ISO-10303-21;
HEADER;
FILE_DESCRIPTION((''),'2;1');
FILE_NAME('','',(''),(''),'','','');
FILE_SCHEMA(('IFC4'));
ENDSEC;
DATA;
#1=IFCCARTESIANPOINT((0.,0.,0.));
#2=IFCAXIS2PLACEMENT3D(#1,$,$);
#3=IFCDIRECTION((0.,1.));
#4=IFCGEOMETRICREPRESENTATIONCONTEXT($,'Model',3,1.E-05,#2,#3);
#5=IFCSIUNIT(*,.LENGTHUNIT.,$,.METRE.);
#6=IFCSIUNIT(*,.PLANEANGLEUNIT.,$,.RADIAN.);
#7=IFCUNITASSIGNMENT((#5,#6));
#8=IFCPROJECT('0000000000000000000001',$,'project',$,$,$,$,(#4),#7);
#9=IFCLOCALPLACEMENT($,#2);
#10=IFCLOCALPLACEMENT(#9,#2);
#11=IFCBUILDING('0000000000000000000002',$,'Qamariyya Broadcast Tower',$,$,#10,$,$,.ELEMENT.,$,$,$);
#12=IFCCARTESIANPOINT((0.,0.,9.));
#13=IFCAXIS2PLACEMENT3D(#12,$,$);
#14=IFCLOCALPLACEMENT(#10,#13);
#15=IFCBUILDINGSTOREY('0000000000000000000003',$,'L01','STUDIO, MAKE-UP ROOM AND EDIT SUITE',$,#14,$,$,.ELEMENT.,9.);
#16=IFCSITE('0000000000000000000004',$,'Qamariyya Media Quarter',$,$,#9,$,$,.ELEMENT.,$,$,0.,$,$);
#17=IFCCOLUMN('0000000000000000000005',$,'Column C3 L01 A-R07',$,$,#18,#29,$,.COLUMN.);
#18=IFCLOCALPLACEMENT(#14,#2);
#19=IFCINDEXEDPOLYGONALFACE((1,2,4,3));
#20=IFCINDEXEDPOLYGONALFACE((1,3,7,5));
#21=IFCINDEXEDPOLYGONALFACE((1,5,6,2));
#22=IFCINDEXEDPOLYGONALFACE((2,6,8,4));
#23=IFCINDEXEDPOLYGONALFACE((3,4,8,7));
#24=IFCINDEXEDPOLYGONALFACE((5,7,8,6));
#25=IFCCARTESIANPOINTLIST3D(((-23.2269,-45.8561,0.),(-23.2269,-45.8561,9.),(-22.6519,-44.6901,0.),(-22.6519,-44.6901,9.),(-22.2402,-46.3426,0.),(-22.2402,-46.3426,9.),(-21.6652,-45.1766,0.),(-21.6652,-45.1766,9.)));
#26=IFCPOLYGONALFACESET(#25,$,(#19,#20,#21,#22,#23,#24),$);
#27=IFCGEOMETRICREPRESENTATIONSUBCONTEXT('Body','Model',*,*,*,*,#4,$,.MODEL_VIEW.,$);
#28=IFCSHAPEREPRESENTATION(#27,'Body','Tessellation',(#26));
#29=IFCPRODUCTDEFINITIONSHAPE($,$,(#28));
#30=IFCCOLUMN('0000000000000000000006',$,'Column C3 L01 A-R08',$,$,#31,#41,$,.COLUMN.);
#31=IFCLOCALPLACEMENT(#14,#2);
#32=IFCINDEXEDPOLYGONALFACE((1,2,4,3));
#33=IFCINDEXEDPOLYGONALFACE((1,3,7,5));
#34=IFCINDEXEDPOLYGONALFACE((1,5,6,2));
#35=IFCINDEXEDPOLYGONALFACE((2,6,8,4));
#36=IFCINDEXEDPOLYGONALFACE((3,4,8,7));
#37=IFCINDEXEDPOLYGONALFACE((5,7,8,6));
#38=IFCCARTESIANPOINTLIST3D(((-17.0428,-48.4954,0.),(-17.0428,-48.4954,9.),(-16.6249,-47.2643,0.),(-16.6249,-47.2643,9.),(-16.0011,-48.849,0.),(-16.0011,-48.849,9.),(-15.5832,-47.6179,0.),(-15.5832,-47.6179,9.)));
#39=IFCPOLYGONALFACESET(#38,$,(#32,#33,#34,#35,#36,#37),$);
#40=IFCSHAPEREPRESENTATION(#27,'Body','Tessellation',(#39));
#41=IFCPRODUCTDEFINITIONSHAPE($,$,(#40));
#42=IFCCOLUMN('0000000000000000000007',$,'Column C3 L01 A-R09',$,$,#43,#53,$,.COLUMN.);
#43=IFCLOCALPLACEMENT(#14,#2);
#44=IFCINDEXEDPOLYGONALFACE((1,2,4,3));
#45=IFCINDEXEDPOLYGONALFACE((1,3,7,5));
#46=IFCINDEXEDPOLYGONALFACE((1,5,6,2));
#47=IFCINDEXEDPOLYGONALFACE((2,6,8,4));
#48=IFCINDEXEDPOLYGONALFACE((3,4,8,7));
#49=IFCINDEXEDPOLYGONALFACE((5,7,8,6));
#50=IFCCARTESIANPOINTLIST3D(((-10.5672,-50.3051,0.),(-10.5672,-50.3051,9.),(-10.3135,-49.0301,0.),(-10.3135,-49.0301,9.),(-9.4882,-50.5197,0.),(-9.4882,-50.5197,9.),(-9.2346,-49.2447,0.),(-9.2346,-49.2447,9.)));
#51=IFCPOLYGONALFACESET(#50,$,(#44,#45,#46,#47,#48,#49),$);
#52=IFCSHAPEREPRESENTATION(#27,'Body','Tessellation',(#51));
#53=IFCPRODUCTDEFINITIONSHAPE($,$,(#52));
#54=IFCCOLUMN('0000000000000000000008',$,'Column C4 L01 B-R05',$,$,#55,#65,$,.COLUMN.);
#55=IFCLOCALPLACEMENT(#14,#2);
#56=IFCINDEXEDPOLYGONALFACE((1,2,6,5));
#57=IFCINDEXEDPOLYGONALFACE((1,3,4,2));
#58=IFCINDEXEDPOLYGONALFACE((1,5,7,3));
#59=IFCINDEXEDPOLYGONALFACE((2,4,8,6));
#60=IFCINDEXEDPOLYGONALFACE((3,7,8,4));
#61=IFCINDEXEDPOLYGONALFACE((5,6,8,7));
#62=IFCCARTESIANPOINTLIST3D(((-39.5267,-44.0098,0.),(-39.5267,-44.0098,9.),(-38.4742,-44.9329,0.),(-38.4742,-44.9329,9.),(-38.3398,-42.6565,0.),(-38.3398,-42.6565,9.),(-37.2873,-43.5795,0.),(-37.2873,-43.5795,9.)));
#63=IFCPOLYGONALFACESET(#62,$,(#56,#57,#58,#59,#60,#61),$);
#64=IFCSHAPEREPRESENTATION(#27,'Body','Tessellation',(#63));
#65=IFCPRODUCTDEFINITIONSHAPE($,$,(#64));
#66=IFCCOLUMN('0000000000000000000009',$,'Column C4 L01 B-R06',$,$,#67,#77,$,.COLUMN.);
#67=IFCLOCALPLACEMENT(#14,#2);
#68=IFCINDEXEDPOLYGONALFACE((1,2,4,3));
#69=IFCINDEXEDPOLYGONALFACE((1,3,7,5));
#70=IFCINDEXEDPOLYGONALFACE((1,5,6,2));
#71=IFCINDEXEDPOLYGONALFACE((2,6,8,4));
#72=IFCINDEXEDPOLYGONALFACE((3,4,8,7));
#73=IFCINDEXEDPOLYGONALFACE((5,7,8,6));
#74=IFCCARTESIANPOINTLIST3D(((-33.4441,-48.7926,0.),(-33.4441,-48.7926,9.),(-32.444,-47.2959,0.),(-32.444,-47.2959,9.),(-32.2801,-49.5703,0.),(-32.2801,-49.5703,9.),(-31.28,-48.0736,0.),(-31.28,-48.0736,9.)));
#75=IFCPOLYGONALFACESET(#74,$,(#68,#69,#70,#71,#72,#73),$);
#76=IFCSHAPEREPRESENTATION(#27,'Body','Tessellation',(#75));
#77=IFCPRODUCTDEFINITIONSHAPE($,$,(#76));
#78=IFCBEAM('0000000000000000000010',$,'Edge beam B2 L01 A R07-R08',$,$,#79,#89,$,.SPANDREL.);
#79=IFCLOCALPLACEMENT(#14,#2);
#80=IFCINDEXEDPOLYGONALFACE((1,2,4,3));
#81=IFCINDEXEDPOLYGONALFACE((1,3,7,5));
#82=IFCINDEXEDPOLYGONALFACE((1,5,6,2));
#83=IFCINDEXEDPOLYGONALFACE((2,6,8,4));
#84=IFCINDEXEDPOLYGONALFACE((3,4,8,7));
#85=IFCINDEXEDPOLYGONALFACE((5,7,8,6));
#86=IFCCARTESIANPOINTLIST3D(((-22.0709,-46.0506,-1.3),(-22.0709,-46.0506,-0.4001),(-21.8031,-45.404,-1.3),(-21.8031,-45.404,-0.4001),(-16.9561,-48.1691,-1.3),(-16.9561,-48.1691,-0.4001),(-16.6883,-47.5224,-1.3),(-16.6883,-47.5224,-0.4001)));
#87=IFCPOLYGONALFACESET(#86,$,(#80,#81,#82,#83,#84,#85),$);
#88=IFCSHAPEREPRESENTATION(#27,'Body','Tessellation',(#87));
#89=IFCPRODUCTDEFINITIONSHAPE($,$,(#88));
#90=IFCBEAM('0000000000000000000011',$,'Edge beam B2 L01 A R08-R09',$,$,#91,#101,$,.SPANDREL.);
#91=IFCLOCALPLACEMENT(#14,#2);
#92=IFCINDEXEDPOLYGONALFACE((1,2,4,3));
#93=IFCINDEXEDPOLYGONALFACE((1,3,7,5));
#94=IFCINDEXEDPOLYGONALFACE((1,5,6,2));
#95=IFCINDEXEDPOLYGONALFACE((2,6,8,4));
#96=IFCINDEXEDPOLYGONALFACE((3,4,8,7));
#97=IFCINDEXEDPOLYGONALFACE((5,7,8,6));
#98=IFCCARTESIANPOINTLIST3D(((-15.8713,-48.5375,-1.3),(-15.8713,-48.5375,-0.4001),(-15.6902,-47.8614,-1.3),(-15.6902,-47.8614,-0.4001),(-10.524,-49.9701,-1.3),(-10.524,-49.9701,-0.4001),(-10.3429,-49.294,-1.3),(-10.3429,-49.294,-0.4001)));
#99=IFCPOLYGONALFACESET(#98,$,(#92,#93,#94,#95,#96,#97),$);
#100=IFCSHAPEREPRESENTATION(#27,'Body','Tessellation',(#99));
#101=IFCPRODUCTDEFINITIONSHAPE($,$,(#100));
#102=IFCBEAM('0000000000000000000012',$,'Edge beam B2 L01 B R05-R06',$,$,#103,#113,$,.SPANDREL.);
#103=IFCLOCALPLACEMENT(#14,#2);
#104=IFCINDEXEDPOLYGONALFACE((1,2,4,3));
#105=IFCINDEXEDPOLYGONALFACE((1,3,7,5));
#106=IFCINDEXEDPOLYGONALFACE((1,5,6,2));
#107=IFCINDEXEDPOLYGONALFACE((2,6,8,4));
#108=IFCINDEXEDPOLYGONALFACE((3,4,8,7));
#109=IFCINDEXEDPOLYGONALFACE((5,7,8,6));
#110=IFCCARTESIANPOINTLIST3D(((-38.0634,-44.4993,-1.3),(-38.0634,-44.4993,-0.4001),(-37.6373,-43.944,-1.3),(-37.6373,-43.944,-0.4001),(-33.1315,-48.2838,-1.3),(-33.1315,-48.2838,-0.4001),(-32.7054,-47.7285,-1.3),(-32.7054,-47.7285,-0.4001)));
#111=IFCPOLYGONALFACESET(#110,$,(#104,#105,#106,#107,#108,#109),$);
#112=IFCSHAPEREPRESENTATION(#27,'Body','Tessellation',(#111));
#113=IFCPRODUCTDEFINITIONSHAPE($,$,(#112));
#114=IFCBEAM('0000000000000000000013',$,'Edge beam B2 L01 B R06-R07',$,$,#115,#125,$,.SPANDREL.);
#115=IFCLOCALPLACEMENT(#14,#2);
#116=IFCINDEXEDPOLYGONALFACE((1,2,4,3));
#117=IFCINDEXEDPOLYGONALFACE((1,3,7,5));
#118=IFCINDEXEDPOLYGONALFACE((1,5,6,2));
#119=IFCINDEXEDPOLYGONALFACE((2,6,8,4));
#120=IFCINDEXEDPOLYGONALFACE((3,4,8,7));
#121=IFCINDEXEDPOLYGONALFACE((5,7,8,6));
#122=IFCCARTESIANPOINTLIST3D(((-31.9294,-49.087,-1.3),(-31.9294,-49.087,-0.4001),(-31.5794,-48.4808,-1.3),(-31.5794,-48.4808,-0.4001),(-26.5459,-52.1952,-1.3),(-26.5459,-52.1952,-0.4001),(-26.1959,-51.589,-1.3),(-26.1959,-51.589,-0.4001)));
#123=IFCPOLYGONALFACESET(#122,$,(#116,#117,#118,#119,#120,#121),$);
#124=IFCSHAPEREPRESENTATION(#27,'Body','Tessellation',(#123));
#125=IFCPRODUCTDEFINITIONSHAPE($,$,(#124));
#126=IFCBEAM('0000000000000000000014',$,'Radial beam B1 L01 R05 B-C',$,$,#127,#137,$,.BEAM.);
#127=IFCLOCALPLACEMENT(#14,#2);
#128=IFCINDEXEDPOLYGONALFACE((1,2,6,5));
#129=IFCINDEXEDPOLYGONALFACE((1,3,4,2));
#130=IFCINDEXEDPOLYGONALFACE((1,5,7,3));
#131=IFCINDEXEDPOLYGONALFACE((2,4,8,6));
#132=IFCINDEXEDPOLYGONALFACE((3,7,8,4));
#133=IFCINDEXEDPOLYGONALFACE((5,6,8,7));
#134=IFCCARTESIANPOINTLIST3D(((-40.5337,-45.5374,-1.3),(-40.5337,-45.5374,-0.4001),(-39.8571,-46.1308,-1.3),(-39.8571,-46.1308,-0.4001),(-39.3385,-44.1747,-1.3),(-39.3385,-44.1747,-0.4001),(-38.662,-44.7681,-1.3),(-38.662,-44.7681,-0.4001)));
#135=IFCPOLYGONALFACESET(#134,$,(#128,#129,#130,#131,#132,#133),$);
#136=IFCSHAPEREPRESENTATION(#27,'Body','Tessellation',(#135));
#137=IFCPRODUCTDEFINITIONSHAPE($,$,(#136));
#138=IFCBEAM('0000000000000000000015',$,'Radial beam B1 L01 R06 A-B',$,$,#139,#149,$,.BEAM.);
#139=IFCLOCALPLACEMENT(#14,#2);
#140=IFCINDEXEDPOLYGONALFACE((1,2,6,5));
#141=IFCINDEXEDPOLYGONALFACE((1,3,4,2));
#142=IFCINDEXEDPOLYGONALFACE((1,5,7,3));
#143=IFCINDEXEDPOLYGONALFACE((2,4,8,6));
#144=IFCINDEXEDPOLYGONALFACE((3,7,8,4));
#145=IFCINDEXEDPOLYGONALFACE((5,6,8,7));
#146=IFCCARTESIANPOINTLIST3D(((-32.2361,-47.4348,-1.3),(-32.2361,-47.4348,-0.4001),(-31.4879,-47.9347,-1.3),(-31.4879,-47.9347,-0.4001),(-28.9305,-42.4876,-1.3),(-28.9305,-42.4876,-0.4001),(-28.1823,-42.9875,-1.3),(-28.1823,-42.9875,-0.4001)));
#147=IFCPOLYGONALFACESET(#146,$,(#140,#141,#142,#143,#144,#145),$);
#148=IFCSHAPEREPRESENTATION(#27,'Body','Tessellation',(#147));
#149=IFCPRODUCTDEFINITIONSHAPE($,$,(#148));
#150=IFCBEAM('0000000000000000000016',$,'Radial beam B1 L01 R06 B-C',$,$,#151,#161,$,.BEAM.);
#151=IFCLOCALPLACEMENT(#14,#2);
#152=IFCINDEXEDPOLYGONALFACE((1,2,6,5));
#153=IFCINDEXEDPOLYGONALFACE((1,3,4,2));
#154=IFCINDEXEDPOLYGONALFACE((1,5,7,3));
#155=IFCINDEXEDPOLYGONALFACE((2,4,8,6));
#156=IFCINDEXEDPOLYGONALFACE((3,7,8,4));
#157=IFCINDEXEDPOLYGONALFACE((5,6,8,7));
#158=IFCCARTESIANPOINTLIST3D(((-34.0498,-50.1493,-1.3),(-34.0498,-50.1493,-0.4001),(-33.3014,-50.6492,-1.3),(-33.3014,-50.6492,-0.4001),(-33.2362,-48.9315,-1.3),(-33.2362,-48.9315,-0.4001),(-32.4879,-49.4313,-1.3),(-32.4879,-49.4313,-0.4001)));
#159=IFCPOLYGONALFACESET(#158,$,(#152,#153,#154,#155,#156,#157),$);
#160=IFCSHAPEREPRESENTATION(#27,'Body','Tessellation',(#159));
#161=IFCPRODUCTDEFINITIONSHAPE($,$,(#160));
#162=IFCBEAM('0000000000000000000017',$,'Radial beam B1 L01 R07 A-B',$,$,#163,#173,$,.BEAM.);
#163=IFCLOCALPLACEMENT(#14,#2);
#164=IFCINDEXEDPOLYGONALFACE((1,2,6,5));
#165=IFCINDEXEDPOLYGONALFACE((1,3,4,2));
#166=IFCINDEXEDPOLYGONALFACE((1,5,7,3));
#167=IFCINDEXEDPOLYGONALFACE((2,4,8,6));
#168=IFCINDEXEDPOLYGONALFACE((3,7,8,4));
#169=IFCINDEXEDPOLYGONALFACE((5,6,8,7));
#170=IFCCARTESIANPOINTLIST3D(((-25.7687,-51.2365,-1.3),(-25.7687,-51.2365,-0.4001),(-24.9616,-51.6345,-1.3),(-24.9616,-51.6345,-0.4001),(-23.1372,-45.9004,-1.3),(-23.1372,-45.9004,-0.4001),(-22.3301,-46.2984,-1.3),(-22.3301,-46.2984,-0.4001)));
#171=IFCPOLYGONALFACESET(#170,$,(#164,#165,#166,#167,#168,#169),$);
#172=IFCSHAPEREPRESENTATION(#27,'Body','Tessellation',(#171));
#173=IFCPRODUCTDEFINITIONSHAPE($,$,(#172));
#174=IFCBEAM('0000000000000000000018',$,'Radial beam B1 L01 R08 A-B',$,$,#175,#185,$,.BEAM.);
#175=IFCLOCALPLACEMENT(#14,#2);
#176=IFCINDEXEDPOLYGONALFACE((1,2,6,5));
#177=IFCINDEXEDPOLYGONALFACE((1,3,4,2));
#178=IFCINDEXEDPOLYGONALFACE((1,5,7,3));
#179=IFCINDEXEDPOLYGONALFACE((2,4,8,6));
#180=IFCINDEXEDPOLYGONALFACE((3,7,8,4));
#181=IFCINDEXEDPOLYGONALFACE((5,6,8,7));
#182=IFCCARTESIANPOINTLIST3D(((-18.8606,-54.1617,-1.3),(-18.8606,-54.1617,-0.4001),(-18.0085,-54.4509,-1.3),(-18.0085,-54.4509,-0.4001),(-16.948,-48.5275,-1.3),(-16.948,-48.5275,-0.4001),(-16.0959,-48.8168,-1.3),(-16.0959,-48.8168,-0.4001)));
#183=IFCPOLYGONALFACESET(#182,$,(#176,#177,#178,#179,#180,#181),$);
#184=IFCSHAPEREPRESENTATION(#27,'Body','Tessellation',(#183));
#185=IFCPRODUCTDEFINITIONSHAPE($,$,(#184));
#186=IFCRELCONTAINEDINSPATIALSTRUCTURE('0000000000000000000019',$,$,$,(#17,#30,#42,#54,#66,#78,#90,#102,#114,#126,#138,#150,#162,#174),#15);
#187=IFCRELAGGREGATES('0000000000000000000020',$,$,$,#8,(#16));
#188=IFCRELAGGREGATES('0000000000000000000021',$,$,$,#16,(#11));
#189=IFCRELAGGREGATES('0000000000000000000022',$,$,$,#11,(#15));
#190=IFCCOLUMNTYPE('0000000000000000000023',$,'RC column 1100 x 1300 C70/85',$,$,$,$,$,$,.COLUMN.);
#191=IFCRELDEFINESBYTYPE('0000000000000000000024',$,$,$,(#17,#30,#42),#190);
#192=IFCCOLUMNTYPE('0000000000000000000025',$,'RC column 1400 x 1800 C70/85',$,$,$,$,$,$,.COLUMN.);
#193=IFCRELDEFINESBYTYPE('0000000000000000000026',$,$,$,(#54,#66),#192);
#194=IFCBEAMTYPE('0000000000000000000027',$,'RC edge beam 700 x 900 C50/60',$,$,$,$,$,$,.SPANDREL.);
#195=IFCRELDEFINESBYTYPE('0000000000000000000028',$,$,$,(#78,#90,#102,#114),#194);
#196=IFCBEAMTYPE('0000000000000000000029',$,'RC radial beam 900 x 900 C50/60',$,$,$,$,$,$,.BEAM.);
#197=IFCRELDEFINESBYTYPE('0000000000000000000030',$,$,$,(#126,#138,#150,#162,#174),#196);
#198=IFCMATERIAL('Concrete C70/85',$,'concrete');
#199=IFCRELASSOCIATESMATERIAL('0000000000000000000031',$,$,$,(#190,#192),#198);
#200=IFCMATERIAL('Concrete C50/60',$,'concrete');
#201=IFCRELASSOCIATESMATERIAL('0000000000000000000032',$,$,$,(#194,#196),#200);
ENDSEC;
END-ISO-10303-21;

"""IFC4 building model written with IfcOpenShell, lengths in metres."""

from ifc_helpers import new_model, si_unit, direction, frame, origin, origin_2d, place, context, subcontext, project, spatial, rectangle, extrude, material, material_profile, profile_set, type_object, element, save


model = new_model("IFC4")

# Units and contexts
model_context = context("Model", 3, precision=1e-05, world=origin(), true_north=direction((0.0, 1.0)))
body_context = subcontext(model_context, "Body", "Model", "MODEL_VIEW")
ifc_project = project(units=[si_unit("LENGTHUNIT", "METRE"), si_unit("PLANEANGLEUNIT", "RADIAN")], contexts=[model_context])

# Site, building, storey
site_placement = place(None, origin())
site = spatial("IfcSite", under=ifc_project, at=site_placement, Name="Qamariyya Media Quarter", CompositionType="ELEMENT", RefElevation=0.0)
building_placement = place(site_placement, origin())
building = spatial("IfcBuilding", under=site, at=building_placement, Name="Qamariyya Broadcast Tower", CompositionType="ELEMENT")
storey_placement = place(building_placement, frame((0.0, 0.0, 9.0)))
storey = spatial("IfcBuildingStorey", under=building, at=storey_placement, Name="L01", Description="STUDIO, MAKE-UP ROOM AND EDIT SUITE", CompositionType="ELEMENT", Elevation=9.0)

# Columns
ifc_material_1 = material(Name="Concrete C70/85", Category="concrete")
ifc_material_profile_1 = material_profile(ifc_material_1, rectangle(XDim=1.1001, YDim=1.3, at=origin_2d()))
ifc_profile_set_1 = profile_set([ifc_material_profile_1], Name="Concrete C70/85")
column_type_1 = type_object("IfcColumnType", Name="RC column 1100 x 1300 C70/85", PredefinedType="COLUMN", material=ifc_profile_set_1)
for number, where, z_axis, x_axis, name in (
    (1, (-22.446, -45.5164, 0.0), (0.0, 0.0, 1.0), (0.896873, -0.442289, 0.0), "Column C3 L01 A-R07"),
    (2, (-16.313, -48.0566, 0.0), (0.0, 0.0, 1.0), (0.94693, -0.321439, 0.0), "Column C3 L01 A-R08"),
    (3, (-9.9009, -49.7749, 0.0), (0.0, 0.0, 1.0), (0.980785, -0.19509, 0.0), "Column C3 L01 A-R09"),
):
    element("IfcColumn", number, at=place(storey_placement, frame(where, z_axis=z_axis, x_axis=x_axis)), inside=storey, type_object=column_type_1, Name=name, PredefinedType="COLUMN", context=body_context, shape_type="SweptSolid", body=[
        extrude(rectangle(XDim=1.1001, YDim=1.3, at=origin_2d()), origin(), (0.0, 0.0, 1.0), 9.0),
    ])
ifc_material_profile_2 = material_profile(ifc_material_1, rectangle(XDim=1.3999, YDim=1.8, at=origin_2d()))
ifc_profile_set_2 = profile_set([ifc_material_profile_2], Name="Concrete C70/85")
column_type_2 = type_object("IfcColumnType", Name="RC column 1400 x 1800 C70/85", PredefinedType="COLUMN", material=ifc_profile_set_2)
for number, where, z_axis, x_axis, name in (
    (4, (-38.407, -43.7947, 0.0), (0.0, 0.0, 1.0), (0.75184, -0.659346, 0.0), "Column C4 L01 B-R05"),
    (5, (-32.3621, -48.4331, 0.0), (0.0, 0.0, 1.0), (0.83147, -0.55557, 0.0), "Column C4 L01 B-R06"),
):
    element("IfcColumn", number, at=place(storey_placement, frame(where, z_axis=z_axis, x_axis=x_axis)), inside=storey, type_object=column_type_2, Name=name, PredefinedType="COLUMN", context=body_context, shape_type="SweptSolid", body=[
        extrude(rectangle(XDim=1.3999, YDim=1.8, at=origin_2d()), origin(), (0.0, 0.0, 1.0), 9.0),
    ])

# Beams
ifc_material_2 = material(Name="Concrete C50/60", Category="concrete")
ifc_material_profile_3 = material_profile(ifc_material_2, rectangle(XDim=0.7, YDim=0.8999, at=origin_2d()))
ifc_profile_set_3 = profile_set([ifc_material_profile_3], Name="Concrete C50/60")
beam_type_1 = type_object("IfcBeamType", Name="RC edge beam 700 x 900 C50/60", PredefinedType="SPANDREL", material=ifc_profile_set_3)
beam_1_placement = place(storey_placement, frame((-21.937, -45.7273, -0.8501), z_axis=(0.923892, -0.382654, 0.0), x_axis=(0.382654, 0.923892, 0.0)))
element("IfcBeam", 6, at=beam_1_placement, inside=storey, type_object=beam_type_1, Name="Edge beam B2 L01 A R07-R08", PredefinedType="SPANDREL", context=body_context, shape_type="SweptSolid", body=[
    extrude(rectangle(XDim=0.7, YDim=0.8999, at=origin_2d()), origin(), (0.0, 0.0, 1.0), 5.5361),
])
beam_2_placement = place(storey_placement, frame((-15.7808, -48.1995, -0.8501), z_axis=(0.965936, -0.258782, 0.0), x_axis=(0.258782, 0.965936, 0.0)))
element("IfcBeam", 7, at=beam_2_placement, inside=storey, type_object=beam_type_1, Name="Edge beam B2 L01 A R08-R09", PredefinedType="SPANDREL", context=body_context, shape_type="SweptSolid", body=[
    extrude(rectangle(XDim=0.7, YDim=0.8999, at=origin_2d()), origin(), (0.0, 0.0, 1.0), 5.5359),
])
beam_3_placement = place(storey_placement, frame((-37.8503, -44.2217, -0.8501), z_axis=(0.793349, -0.608767, 0.0), x_axis=(0.608767, 0.793349, 0.0)))
element("IfcBeam", 8, at=beam_3_placement, inside=storey, type_object=beam_type_1, Name="Edge beam B2 L01 B R05-R06", PredefinedType="SPANDREL", context=body_context, shape_type="SweptSolid", body=[
    extrude(rectangle(XDim=0.7, YDim=0.8999, at=origin_2d()), origin(), (0.0, 0.0, 1.0), 6.2166),
])
beam_4_placement = place(storey_placement, frame((-31.7544, -48.7839, -0.8501), z_axis=(0.866028, -0.499996, 0.0), x_axis=(0.499996, 0.866028, 0.0)))
element("IfcBeam", 9, at=beam_4_placement, inside=storey, type_object=beam_type_1, Name="Edge beam B2 L01 B R06-R07", PredefinedType="SPANDREL", context=body_context, shape_type="SweptSolid", body=[
    extrude(rectangle(XDim=0.7, YDim=0.8999, at=origin_2d()), origin(), (0.0, 0.0, 1.0), 6.2163),
])
ifc_material_profile_4 = material_profile(ifc_material_2, rectangle(XDim=0.8999, YDim=0.8999, at=origin_2d()))
ifc_profile_set_4 = profile_set([ifc_material_profile_4], Name="Concrete C50/60")
beam_type_2 = type_object("IfcBeamType", Name="RC radial beam 900 x 900 C50/60", PredefinedType="BEAM", material=ifc_profile_set_4)
beam_5_placement = place(storey_placement, frame((-39.0002, -44.4714, -0.8501), z_axis=(-0.659391, -0.7518, 0.0), x_axis=(0.7518, -0.659391, 0.0)))
element("IfcBeam", 10, at=beam_5_placement, inside=storey, type_object=beam_type_2, Name="Radial beam B1 L01 R05 B-C", PredefinedType="BEAM", context=body_context, shape_type="SweptSolid", body=[
    extrude(rectangle(XDim=0.8999, YDim=0.8999, at=origin_2d()), origin(), (0.0, 0.0, 1.0), 1.8125),
])
beam_6_placement = place(storey_placement, frame((-28.5564, -42.7375, -0.8501), z_axis=(-0.555571, -0.831469, 0.0), x_axis=(0.831469, -0.555571, 0.0)))
element("IfcBeam", 11, at=beam_6_placement, inside=storey, type_object=beam_type_2, Name="Radial beam B1 L01 R06 A-B", PredefinedType="BEAM", context=body_context, shape_type="SweptSolid", body=[
    extrude(rectangle(XDim=0.8999, YDim=0.8999, at=origin_2d()), origin(), (0.0, 0.0, 1.0), 5.95),
])
beam_7_placement = place(storey_placement, frame((-32.8621, -49.1814, -0.8501), z_axis=(-0.555469, -0.831537, 0.0), x_axis=(0.831537, -0.555469, 0.0)))
element("IfcBeam", 12, at=beam_7_placement, inside=storey, type_object=beam_type_2, Name="Radial beam B1 L01 R06 B-C", PredefinedType="BEAM", context=body_context, shape_type="SweptSolid", body=[
    extrude(rectangle(XDim=0.8999, YDim=0.8999, at=origin_2d()), origin(), (0.0, 0.0, 1.0), 1.4646),
])
beam_8_placement = place(storey_placement, frame((-22.7336, -46.0994, -0.8501), z_axis=(-0.442299, -0.896868, 0.0), x_axis=(0.896868, -0.442299, 0.0)))
element("IfcBeam", 13, at=beam_8_placement, inside=storey, type_object=beam_type_2, Name="Radial beam B1 L01 R07 A-B", PredefinedType="BEAM", context=body_context, shape_type="SweptSolid", body=[
    extrude(rectangle(XDim=0.8999, YDim=0.8999, at=origin_2d()), origin(), (0.0, 0.0, 1.0), 5.9497),
])
beam_9_placement = place(storey_placement, frame((-16.522, -48.6721, -0.8501), z_axis=(-0.321442, -0.946929, 0.0), x_axis=(0.946929, -0.321442, 0.0)))
element("IfcBeam", 14, at=beam_9_placement, inside=storey, type_object=beam_type_2, Name="Radial beam B1 L01 R08 A-B", PredefinedType="BEAM", context=body_context, shape_type="SweptSolid", body=[
    extrude(rectangle(XDim=0.8999, YDim=0.8999, at=origin_2d()), origin(), (0.0, 0.0, 1.0), 5.95),
])

save(model, "model.ifc")
